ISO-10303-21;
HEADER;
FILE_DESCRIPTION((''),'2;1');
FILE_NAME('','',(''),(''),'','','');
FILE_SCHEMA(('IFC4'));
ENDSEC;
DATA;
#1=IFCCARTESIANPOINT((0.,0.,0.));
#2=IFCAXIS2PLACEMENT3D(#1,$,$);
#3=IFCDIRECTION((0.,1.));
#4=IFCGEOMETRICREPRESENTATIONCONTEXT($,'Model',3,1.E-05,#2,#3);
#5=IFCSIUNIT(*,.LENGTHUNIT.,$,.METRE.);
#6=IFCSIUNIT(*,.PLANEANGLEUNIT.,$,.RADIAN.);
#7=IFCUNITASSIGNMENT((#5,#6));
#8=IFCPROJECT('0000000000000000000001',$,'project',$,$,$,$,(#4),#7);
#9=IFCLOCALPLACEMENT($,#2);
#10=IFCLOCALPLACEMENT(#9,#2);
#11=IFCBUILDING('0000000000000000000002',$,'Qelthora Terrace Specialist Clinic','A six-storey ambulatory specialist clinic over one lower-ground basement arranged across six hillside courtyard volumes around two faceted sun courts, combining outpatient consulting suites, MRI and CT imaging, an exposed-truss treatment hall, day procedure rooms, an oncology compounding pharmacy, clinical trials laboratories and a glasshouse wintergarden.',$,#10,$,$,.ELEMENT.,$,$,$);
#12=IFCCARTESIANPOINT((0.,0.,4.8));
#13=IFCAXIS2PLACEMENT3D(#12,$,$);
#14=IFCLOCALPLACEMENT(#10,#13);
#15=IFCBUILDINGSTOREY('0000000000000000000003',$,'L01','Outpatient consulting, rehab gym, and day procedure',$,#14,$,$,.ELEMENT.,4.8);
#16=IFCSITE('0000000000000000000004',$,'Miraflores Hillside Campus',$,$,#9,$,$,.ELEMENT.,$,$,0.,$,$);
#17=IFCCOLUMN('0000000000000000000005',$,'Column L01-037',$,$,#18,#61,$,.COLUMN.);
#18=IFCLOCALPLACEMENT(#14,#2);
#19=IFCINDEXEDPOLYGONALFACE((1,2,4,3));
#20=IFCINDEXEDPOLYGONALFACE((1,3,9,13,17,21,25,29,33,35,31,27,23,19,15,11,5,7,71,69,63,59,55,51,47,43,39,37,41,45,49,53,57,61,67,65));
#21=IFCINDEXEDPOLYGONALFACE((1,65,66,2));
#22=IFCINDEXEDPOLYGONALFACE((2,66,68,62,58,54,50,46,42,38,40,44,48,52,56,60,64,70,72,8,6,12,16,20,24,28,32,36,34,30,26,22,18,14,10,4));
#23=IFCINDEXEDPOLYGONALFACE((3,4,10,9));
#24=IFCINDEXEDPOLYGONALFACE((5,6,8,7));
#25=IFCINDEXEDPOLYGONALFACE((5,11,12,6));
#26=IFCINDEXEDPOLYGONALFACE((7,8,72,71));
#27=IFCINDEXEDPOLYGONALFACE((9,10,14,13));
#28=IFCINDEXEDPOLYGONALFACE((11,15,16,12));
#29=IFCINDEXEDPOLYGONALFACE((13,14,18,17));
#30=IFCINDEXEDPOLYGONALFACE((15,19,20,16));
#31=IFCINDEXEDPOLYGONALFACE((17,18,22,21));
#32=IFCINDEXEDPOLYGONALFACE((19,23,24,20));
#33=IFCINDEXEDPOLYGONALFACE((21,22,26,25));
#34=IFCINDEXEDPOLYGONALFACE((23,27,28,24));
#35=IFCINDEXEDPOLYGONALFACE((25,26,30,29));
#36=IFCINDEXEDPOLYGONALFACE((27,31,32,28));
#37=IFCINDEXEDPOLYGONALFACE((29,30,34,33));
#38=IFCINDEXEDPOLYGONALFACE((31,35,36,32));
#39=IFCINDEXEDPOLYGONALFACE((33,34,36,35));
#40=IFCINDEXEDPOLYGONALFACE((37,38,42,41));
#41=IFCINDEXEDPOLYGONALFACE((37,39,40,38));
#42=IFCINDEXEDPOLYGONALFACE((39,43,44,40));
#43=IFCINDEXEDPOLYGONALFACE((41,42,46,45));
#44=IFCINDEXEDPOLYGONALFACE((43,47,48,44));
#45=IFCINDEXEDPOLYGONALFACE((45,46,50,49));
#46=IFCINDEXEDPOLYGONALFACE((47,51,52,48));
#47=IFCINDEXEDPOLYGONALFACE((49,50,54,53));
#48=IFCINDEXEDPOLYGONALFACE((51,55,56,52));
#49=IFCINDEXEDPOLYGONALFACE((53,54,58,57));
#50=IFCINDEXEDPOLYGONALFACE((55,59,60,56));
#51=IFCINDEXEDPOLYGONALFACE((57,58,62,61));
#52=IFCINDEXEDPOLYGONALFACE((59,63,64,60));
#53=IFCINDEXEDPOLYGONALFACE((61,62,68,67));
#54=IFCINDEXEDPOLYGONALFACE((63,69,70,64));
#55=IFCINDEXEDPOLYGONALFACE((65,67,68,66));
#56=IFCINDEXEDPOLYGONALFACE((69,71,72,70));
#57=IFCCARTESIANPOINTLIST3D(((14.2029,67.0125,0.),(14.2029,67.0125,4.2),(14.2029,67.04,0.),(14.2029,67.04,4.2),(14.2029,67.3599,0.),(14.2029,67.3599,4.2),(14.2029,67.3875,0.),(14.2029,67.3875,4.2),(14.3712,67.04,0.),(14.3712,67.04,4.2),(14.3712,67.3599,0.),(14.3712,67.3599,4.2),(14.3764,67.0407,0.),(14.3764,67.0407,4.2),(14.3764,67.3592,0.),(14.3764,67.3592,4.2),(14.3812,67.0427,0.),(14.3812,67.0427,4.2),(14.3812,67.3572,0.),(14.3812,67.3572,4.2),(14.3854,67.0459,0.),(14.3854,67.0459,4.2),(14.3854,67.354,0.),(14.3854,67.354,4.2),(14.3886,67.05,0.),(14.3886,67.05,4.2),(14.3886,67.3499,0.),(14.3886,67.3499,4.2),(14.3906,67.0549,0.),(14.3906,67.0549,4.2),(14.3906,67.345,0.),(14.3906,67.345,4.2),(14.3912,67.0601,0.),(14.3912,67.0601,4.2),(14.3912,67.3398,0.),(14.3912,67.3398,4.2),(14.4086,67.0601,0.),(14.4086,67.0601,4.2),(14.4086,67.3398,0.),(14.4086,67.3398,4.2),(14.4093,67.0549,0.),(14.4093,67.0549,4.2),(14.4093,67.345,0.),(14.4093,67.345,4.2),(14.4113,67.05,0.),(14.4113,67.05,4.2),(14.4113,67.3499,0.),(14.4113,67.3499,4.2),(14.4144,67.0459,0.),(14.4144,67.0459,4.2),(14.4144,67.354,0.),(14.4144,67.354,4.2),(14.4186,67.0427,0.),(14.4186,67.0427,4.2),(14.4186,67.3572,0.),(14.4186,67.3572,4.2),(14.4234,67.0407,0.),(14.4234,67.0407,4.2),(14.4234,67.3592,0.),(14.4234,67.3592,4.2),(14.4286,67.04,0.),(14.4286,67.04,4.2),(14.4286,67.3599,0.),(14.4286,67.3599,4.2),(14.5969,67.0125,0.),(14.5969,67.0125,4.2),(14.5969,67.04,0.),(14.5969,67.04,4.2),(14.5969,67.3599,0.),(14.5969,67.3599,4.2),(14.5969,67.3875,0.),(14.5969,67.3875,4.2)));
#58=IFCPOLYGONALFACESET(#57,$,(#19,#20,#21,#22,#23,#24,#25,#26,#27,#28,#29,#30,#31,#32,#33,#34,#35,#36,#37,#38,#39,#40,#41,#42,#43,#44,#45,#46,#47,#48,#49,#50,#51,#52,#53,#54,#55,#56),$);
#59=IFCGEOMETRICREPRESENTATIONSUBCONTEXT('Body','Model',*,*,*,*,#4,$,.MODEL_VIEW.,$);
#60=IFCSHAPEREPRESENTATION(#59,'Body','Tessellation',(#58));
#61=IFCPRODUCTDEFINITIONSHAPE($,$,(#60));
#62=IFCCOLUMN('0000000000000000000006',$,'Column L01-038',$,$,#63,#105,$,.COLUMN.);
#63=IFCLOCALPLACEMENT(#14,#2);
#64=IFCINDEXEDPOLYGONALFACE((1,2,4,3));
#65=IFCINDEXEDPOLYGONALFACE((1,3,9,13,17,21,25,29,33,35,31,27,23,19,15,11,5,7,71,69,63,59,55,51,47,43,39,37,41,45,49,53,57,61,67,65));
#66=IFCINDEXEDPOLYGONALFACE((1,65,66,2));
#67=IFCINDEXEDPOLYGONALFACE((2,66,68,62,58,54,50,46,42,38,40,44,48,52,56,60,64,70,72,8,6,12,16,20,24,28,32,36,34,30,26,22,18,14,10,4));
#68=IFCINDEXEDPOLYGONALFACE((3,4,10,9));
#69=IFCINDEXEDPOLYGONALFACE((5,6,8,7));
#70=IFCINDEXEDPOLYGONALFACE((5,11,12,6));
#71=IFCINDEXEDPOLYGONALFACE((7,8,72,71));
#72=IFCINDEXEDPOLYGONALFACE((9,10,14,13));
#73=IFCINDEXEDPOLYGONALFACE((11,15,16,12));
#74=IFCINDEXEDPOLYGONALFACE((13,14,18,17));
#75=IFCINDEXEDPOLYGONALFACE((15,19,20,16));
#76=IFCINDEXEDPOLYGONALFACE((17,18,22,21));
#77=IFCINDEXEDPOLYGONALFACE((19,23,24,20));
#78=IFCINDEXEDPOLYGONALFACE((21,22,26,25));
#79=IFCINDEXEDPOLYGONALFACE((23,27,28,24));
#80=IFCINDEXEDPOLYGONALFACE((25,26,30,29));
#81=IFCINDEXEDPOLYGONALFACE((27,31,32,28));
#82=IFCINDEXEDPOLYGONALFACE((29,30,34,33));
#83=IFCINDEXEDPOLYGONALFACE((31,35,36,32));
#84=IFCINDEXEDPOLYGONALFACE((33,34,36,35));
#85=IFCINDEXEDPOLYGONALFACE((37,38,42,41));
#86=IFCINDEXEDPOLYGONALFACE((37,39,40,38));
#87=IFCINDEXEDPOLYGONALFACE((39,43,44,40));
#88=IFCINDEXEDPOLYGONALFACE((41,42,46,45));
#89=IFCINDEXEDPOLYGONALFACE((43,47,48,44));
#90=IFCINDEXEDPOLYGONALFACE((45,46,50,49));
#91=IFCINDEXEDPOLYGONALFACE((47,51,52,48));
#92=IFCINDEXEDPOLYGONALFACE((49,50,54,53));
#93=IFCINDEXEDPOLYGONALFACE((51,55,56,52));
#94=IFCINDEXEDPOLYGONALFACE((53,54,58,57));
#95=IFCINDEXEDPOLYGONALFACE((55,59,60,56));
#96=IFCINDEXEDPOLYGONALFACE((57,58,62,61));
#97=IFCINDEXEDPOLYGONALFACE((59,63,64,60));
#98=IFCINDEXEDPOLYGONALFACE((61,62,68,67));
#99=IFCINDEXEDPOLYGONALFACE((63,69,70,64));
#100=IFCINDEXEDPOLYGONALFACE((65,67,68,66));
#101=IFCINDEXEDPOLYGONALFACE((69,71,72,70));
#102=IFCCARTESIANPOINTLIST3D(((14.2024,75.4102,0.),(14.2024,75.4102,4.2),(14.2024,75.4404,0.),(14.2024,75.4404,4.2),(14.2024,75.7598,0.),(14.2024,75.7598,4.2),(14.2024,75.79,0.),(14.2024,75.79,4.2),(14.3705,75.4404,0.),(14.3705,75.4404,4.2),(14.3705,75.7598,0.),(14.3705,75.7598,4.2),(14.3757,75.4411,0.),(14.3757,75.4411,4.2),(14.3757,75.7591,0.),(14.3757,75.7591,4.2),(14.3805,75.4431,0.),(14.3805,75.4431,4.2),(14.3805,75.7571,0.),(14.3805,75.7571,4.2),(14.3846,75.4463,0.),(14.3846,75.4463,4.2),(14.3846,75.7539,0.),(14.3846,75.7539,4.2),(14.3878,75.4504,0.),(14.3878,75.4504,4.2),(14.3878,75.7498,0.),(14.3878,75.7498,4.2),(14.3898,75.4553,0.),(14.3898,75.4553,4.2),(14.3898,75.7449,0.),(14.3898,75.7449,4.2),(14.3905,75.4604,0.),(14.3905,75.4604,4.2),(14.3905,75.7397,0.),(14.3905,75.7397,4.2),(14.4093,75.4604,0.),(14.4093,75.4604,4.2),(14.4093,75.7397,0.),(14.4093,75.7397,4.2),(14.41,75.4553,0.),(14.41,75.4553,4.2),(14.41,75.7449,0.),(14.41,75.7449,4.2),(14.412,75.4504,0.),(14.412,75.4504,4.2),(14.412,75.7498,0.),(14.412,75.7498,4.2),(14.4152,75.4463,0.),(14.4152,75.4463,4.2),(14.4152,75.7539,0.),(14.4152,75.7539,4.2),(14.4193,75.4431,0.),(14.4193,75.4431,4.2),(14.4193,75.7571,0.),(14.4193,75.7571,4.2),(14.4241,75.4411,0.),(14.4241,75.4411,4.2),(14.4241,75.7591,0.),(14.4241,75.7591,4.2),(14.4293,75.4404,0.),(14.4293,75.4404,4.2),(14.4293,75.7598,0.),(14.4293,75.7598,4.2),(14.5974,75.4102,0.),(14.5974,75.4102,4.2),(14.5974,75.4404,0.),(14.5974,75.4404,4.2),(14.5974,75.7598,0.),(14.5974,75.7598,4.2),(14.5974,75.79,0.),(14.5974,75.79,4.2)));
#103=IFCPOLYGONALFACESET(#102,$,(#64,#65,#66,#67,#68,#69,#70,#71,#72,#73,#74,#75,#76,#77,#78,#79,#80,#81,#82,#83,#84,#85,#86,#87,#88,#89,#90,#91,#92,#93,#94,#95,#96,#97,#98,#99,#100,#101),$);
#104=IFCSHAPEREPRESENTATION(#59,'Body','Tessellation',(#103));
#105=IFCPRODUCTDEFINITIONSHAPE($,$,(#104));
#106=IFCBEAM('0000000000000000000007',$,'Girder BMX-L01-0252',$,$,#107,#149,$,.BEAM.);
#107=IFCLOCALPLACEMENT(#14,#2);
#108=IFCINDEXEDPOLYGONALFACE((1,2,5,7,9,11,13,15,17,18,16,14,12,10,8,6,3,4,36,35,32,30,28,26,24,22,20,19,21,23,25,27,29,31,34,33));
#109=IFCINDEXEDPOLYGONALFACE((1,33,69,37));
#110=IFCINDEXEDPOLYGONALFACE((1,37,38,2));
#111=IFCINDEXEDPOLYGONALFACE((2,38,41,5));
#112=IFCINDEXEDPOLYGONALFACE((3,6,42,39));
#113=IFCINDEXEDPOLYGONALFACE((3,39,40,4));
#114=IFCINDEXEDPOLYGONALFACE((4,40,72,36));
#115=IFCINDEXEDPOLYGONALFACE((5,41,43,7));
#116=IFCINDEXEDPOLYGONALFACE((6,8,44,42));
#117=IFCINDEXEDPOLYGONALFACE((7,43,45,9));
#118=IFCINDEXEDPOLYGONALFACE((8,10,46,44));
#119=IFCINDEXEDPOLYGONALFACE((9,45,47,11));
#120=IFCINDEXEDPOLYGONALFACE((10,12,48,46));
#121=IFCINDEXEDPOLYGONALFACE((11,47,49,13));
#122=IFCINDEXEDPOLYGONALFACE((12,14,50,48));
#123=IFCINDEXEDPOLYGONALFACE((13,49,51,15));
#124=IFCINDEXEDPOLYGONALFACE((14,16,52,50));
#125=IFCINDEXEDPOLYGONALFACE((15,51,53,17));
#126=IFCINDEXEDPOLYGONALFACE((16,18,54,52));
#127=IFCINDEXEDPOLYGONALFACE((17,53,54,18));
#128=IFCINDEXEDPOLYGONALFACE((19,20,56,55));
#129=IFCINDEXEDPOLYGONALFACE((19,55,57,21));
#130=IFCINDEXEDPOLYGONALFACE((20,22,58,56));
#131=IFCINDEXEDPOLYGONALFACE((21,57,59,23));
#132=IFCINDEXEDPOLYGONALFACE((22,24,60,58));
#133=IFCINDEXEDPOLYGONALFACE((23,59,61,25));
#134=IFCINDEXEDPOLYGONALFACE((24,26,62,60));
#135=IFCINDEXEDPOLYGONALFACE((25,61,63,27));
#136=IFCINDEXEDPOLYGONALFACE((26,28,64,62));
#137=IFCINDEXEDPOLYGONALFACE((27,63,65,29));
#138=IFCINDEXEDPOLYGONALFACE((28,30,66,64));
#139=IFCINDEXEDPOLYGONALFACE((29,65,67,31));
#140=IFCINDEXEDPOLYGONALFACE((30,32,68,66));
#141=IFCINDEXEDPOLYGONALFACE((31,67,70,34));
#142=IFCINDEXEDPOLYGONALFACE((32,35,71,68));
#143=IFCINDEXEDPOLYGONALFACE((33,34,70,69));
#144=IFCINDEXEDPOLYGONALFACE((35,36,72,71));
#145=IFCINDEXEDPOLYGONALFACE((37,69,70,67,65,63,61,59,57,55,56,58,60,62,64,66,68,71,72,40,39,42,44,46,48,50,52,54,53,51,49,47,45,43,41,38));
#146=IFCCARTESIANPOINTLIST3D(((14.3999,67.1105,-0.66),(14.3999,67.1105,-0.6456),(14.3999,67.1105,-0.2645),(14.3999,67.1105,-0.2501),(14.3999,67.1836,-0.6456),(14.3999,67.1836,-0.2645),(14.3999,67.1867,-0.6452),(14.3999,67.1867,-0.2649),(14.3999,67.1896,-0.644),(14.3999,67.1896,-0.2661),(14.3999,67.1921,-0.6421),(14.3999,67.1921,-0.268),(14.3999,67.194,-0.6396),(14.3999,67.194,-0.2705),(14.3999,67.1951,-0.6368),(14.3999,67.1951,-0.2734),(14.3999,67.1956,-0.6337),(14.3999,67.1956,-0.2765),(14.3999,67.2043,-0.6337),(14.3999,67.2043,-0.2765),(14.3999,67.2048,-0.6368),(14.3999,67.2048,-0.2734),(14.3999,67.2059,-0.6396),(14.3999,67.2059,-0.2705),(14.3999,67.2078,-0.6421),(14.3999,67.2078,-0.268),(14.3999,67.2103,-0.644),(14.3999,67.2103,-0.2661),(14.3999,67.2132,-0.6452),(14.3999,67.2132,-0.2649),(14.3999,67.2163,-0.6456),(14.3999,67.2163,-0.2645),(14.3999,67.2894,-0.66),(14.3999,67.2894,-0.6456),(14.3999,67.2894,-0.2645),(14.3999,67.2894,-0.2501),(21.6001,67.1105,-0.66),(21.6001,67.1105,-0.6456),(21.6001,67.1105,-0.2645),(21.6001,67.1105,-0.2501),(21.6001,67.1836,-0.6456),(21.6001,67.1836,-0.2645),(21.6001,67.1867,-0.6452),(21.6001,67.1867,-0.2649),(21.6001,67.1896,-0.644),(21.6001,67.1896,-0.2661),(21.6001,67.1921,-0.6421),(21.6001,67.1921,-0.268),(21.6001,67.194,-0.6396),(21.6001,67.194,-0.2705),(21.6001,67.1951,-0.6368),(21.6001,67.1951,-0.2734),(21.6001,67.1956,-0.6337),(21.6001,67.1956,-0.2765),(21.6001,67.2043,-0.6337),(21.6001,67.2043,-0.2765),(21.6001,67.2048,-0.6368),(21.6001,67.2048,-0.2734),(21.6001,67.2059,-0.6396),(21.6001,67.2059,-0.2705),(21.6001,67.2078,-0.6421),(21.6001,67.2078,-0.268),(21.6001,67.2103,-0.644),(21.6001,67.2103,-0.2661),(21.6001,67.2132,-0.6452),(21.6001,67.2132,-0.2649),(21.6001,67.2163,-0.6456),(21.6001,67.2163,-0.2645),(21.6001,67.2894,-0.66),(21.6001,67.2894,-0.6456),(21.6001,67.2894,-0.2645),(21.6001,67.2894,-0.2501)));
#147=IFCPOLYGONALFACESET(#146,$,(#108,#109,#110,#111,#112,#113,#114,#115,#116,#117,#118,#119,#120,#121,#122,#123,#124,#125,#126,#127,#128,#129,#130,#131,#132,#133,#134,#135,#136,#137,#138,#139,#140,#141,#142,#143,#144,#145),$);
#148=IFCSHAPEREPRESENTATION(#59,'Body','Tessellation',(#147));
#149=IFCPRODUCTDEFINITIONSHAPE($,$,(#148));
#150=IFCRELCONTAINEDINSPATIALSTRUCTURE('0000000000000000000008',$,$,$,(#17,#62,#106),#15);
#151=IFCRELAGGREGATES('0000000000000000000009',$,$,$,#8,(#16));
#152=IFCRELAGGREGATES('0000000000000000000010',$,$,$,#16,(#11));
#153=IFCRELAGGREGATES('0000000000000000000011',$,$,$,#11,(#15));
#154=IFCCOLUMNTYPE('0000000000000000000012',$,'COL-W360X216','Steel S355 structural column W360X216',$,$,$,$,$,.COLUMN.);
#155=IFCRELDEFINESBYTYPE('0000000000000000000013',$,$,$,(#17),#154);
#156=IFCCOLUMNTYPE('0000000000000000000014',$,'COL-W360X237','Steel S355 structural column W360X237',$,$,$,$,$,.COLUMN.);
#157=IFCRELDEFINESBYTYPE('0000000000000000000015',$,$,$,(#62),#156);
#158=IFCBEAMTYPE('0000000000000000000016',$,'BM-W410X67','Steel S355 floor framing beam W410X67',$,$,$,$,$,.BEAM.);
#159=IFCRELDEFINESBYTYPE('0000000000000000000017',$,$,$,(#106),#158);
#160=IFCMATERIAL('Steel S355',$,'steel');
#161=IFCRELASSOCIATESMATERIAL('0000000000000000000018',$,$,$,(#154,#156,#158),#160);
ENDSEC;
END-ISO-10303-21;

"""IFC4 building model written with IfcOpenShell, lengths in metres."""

from ifc_helpers import new_model, si_unit, direction, frame, origin, origin_2d, place, context, subcontext, project, spatial, i_section, extrude, material, material_profile, profile_set, type_object, element, save


model = new_model("IFC4")

# Units and contexts
model_context = context("Model", 3, precision=1e-05, world=origin(), true_north=direction((0.0, 1.0)))
body_context = subcontext(model_context, "Body", "Model", "MODEL_VIEW")
ifc_project = project(units=[si_unit("LENGTHUNIT", "METRE"), si_unit("PLANEANGLEUNIT", "RADIAN")], contexts=[model_context])

# Site, building, storey
site_placement = place(None, origin())
site = spatial("IfcSite", under=ifc_project, at=site_placement, Name="Miraflores Hillside Campus", CompositionType="ELEMENT", RefElevation=0.0)
building_placement = place(site_placement, origin())
building = spatial("IfcBuilding", under=site, at=building_placement, Name="Qelthora Terrace Specialist Clinic", Description="A six-storey ambulatory specialist clinic over one lower-ground basement arranged across six hillside courtyard volumes around two faceted sun courts, combining outpatient consulting suites, MRI and CT imaging, an exposed-truss treatment hall, day procedure rooms, an oncology compounding pharmacy, clinical trials laboratories and a glasshouse wintergarden.", CompositionType="ELEMENT")
storey_placement = place(building_placement, frame((0.0, 0.0, 4.8)))
storey = spatial("IfcBuildingStorey", under=building, at=storey_placement, Name="L01", Description="Outpatient consulting, rehab gym, and day procedure", CompositionType="ELEMENT", Elevation=4.8)

# Columns
ifc_material_1 = material(Name="Steel S355", Category="steel")
ifc_material_profile_1 = material_profile(ifc_material_1, i_section(OverallWidth=0.394, OverallDepth=0.375, WebThickness=0.0173, FlangeThickness=0.0276, FilletRadius=0.02, at=origin_2d()), Name="W360X216")
ifc_profile_set_1 = profile_set([ifc_material_profile_1], Name="Steel S355")
column_type_1 = type_object("IfcColumnType", Name="COL-W360X216", Description="Steel S355 structural column W360X216", PredefinedType="COLUMN", material=ifc_profile_set_1)
column_1_placement = place(storey_placement, frame((14.3999, 67.2, 0.0), z_axis=(0.0, 0.0, 1.0), x_axis=(1.0, 0.0, 0.0)))
element("IfcColumn", 1, at=column_1_placement, inside=storey, type_object=column_type_1, Name="Column L01-037", PredefinedType="COLUMN", context=body_context, shape_type="SweptSolid", body=[
    extrude(i_section(OverallWidth=0.394, OverallDepth=0.375, WebThickness=0.0173, FlangeThickness=0.0276, FilletRadius=0.02, at=origin_2d()), origin(), (0.0, 0.0, 1.0), 4.2),
])
ifc_material_profile_2 = material_profile(ifc_material_1, i_section(OverallWidth=0.395, OverallDepth=0.3799, WebThickness=0.0188, FlangeThickness=0.0303, FilletRadius=0.02, at=origin_2d()), Name="W360X237")
ifc_profile_set_2 = profile_set([ifc_material_profile_2], Name="Steel S355")
column_type_2 = type_object("IfcColumnType", Name="COL-W360X237", Description="Steel S355 structural column W360X237", PredefinedType="COLUMN", material=ifc_profile_set_2)
column_2_placement = place(storey_placement, frame((14.3999, 75.6001, 0.0), z_axis=(0.0, 0.0, 1.0), x_axis=(1.0, 0.0, 0.0)))
element("IfcColumn", 2, at=column_2_placement, inside=storey, type_object=column_type_2, Name="Column L01-038", PredefinedType="COLUMN", context=body_context, shape_type="SweptSolid", body=[
    extrude(i_section(OverallWidth=0.395, OverallDepth=0.3799, WebThickness=0.0188, FlangeThickness=0.0303, FilletRadius=0.02, at=origin_2d()), origin(), (0.0, 0.0, 1.0), 4.2),
])

# Beam
ifc_material_profile_3 = material_profile(ifc_material_1, i_section(OverallWidth=0.179, OverallDepth=0.4099, WebThickness=0.0088, FlangeThickness=0.0144, FilletRadius=0.012, at=origin_2d()), Name="W410X67")
ifc_profile_set_3 = profile_set([ifc_material_profile_3], Name="Steel S355")
beam_type_1 = type_object("IfcBeamType", Name="BM-W410X67", Description="Steel S355 floor framing beam W410X67", PredefinedType="BEAM", material=ifc_profile_set_3)
beam_1_placement = place(storey_placement, frame((14.3999, 67.2, -0.4551), z_axis=(1.0, 0.0, 0.0), x_axis=(0.0, 1.0, 0.0)))
element("IfcBeam", 3, at=beam_1_placement, inside=storey, type_object=beam_type_1, Name="Girder BMX-L01-0252", PredefinedType="BEAM", context=body_context, shape_type="SweptSolid", body=[
    extrude(i_section(OverallWidth=0.179, OverallDepth=0.4099, WebThickness=0.0088, FlangeThickness=0.0144, FilletRadius=0.012, at=origin_2d()), origin(), (0.0, 0.0, 1.0), 7.2002),
])

save(model, "model.ifc")
